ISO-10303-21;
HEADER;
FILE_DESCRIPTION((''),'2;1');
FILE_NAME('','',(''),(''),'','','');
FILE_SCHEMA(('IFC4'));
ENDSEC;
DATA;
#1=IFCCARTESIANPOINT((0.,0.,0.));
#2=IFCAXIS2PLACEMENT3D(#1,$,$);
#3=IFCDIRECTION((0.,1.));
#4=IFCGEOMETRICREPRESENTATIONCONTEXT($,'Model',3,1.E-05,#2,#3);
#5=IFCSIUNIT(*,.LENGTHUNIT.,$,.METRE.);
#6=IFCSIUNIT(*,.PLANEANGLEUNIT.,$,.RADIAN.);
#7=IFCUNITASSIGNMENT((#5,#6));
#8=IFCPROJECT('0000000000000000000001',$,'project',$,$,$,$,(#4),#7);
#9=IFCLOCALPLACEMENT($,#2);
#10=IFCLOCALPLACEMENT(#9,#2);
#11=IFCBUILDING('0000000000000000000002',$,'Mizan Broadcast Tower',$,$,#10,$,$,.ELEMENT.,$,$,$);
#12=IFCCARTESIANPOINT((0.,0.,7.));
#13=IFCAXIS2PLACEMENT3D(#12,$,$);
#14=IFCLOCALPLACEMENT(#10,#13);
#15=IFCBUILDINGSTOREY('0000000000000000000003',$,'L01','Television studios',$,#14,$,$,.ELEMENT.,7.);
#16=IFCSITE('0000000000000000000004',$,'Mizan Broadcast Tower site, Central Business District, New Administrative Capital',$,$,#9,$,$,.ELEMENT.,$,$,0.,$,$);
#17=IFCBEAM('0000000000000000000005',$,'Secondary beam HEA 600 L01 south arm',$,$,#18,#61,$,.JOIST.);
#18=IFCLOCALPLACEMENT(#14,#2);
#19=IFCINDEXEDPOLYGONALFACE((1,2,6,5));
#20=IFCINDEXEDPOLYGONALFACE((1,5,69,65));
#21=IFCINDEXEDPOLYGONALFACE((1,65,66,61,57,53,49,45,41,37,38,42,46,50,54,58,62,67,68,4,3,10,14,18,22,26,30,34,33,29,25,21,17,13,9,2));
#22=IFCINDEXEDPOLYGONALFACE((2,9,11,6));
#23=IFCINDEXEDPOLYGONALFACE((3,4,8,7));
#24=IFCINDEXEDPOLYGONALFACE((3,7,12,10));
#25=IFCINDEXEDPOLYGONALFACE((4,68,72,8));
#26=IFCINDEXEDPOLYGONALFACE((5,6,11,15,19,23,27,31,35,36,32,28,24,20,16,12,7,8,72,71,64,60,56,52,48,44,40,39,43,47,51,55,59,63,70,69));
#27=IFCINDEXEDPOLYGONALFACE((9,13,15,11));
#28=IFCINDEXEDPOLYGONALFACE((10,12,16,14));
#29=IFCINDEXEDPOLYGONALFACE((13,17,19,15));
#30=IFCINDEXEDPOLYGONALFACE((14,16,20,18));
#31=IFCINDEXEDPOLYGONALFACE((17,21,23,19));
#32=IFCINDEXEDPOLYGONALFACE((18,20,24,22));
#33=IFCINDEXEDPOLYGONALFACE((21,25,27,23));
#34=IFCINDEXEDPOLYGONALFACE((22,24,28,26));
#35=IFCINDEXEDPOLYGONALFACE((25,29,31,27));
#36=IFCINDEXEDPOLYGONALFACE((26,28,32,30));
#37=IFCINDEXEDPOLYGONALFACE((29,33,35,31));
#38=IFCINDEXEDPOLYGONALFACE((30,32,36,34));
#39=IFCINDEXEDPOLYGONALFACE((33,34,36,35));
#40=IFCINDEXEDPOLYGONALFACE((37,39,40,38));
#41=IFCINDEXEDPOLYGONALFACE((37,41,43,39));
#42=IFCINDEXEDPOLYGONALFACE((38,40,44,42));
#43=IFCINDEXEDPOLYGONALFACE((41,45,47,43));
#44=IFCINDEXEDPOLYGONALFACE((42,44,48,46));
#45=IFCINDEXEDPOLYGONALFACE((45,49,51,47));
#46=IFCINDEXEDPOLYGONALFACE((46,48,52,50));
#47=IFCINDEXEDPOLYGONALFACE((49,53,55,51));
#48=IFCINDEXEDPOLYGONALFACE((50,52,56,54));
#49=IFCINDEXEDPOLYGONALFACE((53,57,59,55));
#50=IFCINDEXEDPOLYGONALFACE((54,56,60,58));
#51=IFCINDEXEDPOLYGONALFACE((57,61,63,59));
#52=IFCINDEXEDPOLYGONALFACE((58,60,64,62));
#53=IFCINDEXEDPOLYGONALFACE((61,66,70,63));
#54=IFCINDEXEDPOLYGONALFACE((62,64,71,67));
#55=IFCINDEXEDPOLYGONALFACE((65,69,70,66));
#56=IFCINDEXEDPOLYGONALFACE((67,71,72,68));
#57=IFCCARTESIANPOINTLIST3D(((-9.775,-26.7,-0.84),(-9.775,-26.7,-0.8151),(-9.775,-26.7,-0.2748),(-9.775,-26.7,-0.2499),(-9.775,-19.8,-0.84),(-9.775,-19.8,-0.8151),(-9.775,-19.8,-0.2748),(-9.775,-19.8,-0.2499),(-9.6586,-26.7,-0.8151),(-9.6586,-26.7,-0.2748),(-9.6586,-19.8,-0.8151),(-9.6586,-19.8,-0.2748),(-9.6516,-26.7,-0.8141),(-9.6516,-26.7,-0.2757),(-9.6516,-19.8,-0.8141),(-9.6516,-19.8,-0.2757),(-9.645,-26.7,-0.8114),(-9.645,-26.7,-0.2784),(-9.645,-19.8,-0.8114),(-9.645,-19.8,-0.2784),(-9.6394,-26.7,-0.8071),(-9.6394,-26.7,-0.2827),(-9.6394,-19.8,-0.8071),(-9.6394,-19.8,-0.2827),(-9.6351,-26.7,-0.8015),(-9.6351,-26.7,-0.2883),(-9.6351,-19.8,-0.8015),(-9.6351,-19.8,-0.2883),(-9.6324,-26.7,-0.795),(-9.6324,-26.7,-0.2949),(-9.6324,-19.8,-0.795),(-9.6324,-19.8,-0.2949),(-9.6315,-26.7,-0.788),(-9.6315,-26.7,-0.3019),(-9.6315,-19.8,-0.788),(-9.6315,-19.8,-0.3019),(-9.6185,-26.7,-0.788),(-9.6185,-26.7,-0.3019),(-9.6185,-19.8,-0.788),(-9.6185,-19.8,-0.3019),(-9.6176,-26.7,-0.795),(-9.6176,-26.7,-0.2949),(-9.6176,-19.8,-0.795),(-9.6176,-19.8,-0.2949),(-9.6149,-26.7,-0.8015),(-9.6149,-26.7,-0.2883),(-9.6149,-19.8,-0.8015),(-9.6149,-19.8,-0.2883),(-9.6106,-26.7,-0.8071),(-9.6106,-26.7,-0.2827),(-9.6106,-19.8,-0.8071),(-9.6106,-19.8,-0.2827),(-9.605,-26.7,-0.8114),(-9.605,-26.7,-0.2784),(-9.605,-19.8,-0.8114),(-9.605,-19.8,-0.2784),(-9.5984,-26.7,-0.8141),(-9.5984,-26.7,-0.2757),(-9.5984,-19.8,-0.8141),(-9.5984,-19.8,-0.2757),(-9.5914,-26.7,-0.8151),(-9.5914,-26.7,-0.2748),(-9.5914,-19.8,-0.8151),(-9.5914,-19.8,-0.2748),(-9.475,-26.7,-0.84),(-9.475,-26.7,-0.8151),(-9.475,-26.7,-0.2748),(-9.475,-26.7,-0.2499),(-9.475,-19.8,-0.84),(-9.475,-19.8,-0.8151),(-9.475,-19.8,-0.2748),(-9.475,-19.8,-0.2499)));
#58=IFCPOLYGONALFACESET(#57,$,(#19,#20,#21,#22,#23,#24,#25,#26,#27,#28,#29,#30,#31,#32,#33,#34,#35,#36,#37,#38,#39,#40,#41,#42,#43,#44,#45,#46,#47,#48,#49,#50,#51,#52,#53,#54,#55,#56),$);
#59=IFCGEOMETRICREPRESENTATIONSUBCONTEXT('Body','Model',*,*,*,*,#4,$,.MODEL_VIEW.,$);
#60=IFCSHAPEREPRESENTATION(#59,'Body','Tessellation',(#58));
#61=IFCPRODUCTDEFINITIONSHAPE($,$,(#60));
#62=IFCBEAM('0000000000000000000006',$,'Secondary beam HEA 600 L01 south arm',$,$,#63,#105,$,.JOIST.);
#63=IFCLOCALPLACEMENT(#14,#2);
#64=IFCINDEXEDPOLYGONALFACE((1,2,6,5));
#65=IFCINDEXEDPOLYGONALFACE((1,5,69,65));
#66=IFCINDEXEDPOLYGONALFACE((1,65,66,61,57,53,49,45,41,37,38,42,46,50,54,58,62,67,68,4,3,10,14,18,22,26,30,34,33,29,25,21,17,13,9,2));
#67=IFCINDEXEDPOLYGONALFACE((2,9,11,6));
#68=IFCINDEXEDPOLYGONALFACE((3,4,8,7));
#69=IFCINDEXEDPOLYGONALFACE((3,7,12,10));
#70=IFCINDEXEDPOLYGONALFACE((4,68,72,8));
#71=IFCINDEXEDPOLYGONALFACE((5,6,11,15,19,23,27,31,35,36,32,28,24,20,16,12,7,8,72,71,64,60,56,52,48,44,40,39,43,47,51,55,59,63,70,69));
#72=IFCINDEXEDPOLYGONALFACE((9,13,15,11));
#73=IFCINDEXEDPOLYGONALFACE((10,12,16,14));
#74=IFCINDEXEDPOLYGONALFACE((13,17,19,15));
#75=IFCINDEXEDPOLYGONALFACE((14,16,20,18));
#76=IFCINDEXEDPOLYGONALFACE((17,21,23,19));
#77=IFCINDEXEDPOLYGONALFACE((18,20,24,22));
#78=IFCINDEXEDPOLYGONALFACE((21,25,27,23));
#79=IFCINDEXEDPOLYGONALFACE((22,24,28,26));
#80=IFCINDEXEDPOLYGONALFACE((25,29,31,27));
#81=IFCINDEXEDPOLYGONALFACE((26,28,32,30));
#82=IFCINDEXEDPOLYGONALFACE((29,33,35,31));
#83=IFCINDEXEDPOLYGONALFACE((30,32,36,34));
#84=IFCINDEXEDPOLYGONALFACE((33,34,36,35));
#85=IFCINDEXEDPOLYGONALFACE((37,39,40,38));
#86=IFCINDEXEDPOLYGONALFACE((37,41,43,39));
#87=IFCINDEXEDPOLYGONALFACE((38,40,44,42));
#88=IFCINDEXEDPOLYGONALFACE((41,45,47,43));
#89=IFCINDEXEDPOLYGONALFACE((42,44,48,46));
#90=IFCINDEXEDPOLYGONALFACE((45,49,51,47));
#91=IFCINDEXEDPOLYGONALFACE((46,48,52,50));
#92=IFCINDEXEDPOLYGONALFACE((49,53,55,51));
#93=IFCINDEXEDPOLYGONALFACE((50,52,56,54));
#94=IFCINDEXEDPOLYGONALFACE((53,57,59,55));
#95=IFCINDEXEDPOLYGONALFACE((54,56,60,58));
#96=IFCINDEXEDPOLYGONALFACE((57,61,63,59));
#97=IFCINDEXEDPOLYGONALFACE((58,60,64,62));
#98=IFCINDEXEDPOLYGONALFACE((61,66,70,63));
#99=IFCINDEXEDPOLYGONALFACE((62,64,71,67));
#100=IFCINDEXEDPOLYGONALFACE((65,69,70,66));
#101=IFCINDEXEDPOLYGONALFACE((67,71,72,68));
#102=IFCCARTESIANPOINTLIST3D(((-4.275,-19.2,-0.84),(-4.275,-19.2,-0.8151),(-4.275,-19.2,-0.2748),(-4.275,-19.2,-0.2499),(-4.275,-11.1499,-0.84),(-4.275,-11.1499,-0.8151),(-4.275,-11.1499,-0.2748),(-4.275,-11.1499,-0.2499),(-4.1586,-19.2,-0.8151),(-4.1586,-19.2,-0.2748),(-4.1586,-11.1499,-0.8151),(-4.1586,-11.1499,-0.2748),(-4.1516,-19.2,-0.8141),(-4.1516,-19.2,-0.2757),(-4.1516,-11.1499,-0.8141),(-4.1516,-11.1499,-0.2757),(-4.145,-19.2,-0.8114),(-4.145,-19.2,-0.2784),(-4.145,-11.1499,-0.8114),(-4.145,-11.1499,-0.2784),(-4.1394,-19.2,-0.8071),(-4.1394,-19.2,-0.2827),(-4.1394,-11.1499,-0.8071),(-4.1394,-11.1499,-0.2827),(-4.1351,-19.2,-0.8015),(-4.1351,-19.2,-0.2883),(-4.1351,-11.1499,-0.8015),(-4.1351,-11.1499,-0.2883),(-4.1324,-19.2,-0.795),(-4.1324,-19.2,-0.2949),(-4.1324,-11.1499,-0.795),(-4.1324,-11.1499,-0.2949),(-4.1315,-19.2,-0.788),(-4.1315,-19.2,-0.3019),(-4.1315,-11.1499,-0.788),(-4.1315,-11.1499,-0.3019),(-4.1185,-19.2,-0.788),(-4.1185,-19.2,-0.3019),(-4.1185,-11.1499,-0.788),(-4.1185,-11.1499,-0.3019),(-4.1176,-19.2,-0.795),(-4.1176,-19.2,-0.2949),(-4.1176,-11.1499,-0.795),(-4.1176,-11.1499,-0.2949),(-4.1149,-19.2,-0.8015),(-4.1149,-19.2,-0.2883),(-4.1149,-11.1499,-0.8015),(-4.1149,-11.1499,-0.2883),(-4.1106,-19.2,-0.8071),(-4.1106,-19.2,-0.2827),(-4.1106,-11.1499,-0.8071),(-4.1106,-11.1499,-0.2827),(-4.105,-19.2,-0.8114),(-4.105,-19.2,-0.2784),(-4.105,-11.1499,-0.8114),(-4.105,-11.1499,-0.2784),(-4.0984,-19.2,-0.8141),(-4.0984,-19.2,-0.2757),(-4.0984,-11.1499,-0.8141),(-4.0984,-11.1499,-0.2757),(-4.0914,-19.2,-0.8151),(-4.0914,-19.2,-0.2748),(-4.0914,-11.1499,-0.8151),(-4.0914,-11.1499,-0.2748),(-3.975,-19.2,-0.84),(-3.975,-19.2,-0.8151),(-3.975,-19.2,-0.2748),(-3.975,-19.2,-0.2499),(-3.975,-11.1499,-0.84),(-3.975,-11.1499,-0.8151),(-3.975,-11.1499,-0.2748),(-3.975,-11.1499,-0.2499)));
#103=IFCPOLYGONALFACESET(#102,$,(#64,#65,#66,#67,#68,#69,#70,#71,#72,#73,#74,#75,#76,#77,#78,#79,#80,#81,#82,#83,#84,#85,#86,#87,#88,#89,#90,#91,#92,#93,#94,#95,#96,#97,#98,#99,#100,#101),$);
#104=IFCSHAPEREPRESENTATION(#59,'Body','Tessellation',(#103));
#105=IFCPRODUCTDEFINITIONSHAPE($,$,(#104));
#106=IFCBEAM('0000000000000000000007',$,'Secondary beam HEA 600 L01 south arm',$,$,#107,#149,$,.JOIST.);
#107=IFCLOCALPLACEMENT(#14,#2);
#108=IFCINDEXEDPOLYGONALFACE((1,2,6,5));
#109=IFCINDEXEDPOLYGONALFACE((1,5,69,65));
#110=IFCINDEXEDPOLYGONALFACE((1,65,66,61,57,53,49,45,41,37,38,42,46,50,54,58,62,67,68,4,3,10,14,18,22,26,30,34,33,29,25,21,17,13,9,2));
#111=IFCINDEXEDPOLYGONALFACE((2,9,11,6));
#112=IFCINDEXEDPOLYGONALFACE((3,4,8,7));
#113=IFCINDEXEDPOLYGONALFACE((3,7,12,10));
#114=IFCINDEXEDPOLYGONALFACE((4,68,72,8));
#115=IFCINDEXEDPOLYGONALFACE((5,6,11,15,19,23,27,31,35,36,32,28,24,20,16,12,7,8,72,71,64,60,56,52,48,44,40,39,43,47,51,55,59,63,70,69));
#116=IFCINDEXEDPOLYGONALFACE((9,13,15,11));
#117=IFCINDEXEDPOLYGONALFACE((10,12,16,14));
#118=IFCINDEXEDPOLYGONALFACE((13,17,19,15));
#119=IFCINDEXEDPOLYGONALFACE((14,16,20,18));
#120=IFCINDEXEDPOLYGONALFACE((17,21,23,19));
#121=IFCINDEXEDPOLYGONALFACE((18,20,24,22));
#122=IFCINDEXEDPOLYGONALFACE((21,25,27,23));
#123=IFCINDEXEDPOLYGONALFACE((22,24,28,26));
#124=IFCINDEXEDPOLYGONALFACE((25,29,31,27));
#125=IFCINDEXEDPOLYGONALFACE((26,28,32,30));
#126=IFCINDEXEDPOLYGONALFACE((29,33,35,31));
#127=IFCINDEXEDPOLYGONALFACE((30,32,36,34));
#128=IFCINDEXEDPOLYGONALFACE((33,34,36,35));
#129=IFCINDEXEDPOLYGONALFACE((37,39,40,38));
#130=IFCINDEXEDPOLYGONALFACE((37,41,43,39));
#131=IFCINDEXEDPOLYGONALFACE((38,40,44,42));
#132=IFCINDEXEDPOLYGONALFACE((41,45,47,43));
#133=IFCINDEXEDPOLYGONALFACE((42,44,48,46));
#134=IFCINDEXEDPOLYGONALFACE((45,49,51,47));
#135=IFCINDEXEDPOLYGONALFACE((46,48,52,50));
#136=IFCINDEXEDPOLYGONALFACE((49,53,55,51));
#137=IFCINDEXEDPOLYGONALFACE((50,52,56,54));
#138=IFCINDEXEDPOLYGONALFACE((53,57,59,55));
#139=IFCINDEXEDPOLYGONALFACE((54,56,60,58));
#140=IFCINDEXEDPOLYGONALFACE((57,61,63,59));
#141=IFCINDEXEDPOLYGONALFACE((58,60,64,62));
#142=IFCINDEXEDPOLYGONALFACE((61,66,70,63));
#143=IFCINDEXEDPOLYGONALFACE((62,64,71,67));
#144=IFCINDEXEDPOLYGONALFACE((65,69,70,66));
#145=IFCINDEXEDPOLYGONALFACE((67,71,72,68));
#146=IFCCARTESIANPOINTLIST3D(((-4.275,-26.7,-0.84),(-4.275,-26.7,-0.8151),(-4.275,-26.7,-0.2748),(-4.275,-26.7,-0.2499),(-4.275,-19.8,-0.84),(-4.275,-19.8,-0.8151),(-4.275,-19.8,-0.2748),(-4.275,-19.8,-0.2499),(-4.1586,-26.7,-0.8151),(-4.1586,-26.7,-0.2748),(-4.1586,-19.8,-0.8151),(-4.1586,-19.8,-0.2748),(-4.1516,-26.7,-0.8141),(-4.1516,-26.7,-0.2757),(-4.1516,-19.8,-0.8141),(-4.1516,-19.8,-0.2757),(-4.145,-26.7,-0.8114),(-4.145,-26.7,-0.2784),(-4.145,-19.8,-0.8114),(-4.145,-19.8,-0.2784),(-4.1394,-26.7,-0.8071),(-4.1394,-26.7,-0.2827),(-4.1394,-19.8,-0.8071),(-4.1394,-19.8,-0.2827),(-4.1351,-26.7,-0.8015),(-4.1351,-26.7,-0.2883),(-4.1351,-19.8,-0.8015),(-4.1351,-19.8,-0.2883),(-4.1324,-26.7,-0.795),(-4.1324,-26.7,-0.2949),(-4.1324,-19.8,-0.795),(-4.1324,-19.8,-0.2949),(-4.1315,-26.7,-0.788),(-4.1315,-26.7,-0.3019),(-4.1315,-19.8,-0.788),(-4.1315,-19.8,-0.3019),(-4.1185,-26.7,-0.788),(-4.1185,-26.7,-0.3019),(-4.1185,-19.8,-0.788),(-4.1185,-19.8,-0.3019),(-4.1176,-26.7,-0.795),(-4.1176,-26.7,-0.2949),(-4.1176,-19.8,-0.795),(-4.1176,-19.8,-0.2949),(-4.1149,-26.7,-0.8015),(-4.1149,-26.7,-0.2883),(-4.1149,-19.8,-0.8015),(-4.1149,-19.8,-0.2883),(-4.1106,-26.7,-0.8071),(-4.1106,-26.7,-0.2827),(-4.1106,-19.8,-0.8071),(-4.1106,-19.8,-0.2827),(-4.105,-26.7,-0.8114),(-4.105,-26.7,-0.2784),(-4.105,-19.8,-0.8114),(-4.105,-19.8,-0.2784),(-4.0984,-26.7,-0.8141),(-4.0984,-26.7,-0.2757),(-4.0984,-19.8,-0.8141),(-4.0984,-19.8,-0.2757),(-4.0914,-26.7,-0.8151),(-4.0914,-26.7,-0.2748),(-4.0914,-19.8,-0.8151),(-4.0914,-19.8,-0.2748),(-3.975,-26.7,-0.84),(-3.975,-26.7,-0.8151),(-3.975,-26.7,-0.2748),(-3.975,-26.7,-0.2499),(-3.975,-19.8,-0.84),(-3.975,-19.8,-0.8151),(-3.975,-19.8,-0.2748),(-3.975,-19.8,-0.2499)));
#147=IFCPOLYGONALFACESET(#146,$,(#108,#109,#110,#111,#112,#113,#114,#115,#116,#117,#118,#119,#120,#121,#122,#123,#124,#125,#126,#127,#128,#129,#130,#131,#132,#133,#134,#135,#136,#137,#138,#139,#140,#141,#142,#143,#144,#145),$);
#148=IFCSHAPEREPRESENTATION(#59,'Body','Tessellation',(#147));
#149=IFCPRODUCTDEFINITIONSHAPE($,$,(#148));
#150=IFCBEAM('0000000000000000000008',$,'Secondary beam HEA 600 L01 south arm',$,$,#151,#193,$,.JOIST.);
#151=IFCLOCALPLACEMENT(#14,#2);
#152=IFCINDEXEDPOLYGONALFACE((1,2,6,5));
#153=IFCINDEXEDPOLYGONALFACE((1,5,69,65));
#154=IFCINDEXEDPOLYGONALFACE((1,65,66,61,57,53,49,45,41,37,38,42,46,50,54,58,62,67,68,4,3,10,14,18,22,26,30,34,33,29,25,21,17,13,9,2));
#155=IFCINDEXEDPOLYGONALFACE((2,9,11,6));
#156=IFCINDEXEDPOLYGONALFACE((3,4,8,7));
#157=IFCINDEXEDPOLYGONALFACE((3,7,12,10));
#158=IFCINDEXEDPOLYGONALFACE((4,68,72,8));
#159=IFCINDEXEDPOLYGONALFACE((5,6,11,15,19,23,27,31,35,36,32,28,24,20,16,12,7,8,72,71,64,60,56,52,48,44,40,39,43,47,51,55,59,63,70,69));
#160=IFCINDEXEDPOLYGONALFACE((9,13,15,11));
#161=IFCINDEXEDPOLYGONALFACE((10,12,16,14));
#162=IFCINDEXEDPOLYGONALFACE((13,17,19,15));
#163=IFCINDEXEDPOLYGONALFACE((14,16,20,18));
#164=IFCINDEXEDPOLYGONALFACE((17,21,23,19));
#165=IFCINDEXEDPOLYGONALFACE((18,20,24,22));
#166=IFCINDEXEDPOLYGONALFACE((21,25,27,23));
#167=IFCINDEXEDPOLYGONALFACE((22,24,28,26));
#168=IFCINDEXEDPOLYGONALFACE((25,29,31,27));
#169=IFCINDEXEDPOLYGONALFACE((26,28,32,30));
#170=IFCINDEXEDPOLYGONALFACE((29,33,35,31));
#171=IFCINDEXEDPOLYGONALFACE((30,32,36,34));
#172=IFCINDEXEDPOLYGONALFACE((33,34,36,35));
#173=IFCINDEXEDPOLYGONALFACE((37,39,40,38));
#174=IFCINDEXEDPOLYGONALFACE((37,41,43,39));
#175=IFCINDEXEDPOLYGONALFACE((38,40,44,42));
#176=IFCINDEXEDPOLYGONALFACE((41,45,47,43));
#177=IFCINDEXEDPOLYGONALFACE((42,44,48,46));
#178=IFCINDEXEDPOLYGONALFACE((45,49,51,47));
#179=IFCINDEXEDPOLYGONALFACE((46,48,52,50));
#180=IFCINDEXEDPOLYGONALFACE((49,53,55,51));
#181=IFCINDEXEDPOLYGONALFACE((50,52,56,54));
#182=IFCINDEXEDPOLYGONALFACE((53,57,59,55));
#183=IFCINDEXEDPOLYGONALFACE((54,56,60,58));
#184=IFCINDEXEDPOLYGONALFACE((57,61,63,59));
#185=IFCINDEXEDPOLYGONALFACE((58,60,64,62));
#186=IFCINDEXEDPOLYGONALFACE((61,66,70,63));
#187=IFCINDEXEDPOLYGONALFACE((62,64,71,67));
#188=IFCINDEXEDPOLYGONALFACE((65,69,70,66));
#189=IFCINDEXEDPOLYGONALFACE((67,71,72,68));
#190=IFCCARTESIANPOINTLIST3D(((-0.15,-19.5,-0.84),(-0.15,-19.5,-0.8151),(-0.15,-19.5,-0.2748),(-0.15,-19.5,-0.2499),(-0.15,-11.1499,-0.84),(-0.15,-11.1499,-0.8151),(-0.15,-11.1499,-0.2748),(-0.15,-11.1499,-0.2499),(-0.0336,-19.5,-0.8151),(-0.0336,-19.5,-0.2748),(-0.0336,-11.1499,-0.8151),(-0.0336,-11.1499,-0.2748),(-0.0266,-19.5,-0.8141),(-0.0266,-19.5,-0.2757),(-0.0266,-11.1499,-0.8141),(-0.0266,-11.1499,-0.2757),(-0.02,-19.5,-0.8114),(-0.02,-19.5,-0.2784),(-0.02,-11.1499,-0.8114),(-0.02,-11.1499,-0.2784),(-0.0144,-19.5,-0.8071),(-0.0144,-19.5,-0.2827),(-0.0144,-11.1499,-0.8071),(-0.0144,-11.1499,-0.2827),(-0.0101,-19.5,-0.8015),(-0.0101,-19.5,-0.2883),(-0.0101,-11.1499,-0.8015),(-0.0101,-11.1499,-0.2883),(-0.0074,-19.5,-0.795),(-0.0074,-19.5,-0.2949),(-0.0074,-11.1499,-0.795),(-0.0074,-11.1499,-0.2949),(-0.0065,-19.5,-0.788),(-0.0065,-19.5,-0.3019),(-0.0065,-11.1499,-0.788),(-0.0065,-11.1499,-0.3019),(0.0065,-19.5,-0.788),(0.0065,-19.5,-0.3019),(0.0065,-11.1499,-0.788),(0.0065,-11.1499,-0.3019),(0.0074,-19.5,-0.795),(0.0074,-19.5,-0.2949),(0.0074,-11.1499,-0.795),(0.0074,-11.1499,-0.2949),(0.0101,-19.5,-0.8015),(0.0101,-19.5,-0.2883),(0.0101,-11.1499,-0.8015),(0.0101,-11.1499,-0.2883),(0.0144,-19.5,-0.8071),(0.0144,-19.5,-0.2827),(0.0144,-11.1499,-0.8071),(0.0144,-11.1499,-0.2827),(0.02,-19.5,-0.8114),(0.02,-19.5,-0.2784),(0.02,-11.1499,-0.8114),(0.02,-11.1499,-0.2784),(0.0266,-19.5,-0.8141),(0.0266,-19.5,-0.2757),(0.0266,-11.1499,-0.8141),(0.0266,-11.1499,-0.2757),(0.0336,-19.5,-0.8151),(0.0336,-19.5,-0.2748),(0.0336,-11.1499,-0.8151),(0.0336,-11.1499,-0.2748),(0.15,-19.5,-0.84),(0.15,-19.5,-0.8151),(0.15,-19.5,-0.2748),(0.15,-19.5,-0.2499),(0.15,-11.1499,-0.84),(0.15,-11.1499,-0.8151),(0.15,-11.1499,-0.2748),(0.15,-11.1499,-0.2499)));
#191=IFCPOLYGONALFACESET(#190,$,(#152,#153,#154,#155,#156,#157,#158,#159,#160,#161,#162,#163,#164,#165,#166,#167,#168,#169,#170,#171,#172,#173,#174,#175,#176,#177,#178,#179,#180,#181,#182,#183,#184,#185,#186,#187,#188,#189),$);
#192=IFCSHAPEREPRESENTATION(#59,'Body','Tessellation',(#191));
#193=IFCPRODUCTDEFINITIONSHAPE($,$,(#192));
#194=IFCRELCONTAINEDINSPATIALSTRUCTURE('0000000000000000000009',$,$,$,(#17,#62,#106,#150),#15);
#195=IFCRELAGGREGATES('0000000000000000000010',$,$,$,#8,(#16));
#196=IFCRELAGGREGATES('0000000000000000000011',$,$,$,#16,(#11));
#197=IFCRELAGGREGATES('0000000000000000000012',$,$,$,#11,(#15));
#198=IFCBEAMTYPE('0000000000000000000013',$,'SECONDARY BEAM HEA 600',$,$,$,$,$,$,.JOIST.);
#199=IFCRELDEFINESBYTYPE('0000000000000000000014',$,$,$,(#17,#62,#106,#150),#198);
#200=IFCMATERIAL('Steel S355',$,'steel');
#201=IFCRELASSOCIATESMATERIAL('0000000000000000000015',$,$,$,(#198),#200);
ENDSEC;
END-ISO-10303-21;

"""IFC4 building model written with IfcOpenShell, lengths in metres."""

from ifc_helpers import new_model, si_unit, direction, frame, origin, origin_2d, place, context, subcontext, project, spatial, i_section, extrude, material, material_profile, profile_set, type_object, element, save


model = new_model("IFC4")

# Units and contexts
model_context = context("Model", 3, precision=1e-05, world=origin(), true_north=direction((0.0, 1.0)))
body_context = subcontext(model_context, "Body", "Model", "MODEL_VIEW")
ifc_project = project(units=[si_unit("LENGTHUNIT", "METRE"), si_unit("PLANEANGLEUNIT", "RADIAN")], contexts=[model_context])

# Site, building, storey
site_placement = place(None, origin())
site = spatial("IfcSite", under=ifc_project, at=site_placement, Name="Mizan Broadcast Tower site, Central Business District, New Administrative Capital", CompositionType="ELEMENT", RefElevation=0.0)
building_placement = place(site_placement, origin())
building = spatial("IfcBuilding", under=site, at=building_placement, Name="Mizan Broadcast Tower", CompositionType="ELEMENT")
storey_placement = place(building_placement, frame((0.0, 0.0, 7.0)))
storey = spatial("IfcBuildingStorey", under=building, at=storey_placement, Name="L01", Description="Television studios", CompositionType="ELEMENT", Elevation=7.0)

# Beams
ifc_material_1 = material(Name="Steel S355", Category="steel")
ifc_material_profile_1 = material_profile(ifc_material_1, i_section(OverallWidth=0.3, OverallDepth=0.5901, WebThickness=0.0129, FlangeThickness=0.0249, FilletRadius=0.0271, at=origin_2d()), Name="HEA 600")
ifc_profile_set_1 = profile_set([ifc_material_profile_1], Name="Steel S355")
beam_type_1 = type_object("IfcBeamType", Name="SECONDARY BEAM HEA 600", PredefinedType="JOIST", material=ifc_profile_set_1)
beam_1_placement = place(storey_placement, frame((-9.625, -19.8, -0.5449), z_axis=(0.0, -1.0, 0.0), x_axis=(1.0, 0.0, 0.0)))
element("IfcBeam", 1, at=beam_1_placement, inside=storey, type_object=beam_type_1, Name="Secondary beam HEA 600 L01 south arm", PredefinedType="JOIST", context=body_context, shape_type="SweptSolid", body=[
    extrude(i_section(OverallWidth=0.3, OverallDepth=0.5901, WebThickness=0.0129, FlangeThickness=0.0249, FilletRadius=0.0271, at=origin_2d()), origin(), (0.0, 0.0, 1.0), 6.8999),
])
beam_2_placement = place(storey_placement, frame((-4.125, -11.1499, -0.5449), z_axis=(0.0, -1.0, 0.0), x_axis=(1.0, 0.0, 0.0)))
element("IfcBeam", 2, at=beam_2_placement, inside=storey, type_object=beam_type_1, Name="Secondary beam HEA 600 L01 south arm", PredefinedType="JOIST", context=body_context, shape_type="SweptSolid", body=[
    extrude(i_section(OverallWidth=0.3, OverallDepth=0.5901, WebThickness=0.0129, FlangeThickness=0.0249, FilletRadius=0.0271, at=origin_2d()), origin(), (0.0, 0.0, 1.0), 8.05),
])
beam_3_placement = place(storey_placement, frame((-4.125, -19.8, -0.5449), z_axis=(0.0, -1.0, 0.0), x_axis=(1.0, 0.0, 0.0)))
element("IfcBeam", 3, at=beam_3_placement, inside=storey, type_object=beam_type_1, Name="Secondary beam HEA 600 L01 south arm", PredefinedType="JOIST", context=body_context, shape_type="SweptSolid", body=[
    extrude(i_section(OverallWidth=0.3, OverallDepth=0.5901, WebThickness=0.0129, FlangeThickness=0.0249, FilletRadius=0.0271, at=origin_2d()), origin(), (0.0, 0.0, 1.0), 6.8999),
])
beam_4_placement = place(storey_placement, frame((0.0, -11.1499, -0.5449), z_axis=(0.0, -1.0, 0.0), x_axis=(1.0, 0.0, 0.0)))
element("IfcBeam", 4, at=beam_4_placement, inside=storey, type_object=beam_type_1, Name="Secondary beam HEA 600 L01 south arm", PredefinedType="JOIST", context=body_context, shape_type="SweptSolid", body=[
    extrude(i_section(OverallWidth=0.3, OverallDepth=0.5901, WebThickness=0.0129, FlangeThickness=0.0249, FilletRadius=0.0271, at=origin_2d()), origin(), (0.0, 0.0, 1.0), 8.3501),
])

save(model, "model.ifc")
